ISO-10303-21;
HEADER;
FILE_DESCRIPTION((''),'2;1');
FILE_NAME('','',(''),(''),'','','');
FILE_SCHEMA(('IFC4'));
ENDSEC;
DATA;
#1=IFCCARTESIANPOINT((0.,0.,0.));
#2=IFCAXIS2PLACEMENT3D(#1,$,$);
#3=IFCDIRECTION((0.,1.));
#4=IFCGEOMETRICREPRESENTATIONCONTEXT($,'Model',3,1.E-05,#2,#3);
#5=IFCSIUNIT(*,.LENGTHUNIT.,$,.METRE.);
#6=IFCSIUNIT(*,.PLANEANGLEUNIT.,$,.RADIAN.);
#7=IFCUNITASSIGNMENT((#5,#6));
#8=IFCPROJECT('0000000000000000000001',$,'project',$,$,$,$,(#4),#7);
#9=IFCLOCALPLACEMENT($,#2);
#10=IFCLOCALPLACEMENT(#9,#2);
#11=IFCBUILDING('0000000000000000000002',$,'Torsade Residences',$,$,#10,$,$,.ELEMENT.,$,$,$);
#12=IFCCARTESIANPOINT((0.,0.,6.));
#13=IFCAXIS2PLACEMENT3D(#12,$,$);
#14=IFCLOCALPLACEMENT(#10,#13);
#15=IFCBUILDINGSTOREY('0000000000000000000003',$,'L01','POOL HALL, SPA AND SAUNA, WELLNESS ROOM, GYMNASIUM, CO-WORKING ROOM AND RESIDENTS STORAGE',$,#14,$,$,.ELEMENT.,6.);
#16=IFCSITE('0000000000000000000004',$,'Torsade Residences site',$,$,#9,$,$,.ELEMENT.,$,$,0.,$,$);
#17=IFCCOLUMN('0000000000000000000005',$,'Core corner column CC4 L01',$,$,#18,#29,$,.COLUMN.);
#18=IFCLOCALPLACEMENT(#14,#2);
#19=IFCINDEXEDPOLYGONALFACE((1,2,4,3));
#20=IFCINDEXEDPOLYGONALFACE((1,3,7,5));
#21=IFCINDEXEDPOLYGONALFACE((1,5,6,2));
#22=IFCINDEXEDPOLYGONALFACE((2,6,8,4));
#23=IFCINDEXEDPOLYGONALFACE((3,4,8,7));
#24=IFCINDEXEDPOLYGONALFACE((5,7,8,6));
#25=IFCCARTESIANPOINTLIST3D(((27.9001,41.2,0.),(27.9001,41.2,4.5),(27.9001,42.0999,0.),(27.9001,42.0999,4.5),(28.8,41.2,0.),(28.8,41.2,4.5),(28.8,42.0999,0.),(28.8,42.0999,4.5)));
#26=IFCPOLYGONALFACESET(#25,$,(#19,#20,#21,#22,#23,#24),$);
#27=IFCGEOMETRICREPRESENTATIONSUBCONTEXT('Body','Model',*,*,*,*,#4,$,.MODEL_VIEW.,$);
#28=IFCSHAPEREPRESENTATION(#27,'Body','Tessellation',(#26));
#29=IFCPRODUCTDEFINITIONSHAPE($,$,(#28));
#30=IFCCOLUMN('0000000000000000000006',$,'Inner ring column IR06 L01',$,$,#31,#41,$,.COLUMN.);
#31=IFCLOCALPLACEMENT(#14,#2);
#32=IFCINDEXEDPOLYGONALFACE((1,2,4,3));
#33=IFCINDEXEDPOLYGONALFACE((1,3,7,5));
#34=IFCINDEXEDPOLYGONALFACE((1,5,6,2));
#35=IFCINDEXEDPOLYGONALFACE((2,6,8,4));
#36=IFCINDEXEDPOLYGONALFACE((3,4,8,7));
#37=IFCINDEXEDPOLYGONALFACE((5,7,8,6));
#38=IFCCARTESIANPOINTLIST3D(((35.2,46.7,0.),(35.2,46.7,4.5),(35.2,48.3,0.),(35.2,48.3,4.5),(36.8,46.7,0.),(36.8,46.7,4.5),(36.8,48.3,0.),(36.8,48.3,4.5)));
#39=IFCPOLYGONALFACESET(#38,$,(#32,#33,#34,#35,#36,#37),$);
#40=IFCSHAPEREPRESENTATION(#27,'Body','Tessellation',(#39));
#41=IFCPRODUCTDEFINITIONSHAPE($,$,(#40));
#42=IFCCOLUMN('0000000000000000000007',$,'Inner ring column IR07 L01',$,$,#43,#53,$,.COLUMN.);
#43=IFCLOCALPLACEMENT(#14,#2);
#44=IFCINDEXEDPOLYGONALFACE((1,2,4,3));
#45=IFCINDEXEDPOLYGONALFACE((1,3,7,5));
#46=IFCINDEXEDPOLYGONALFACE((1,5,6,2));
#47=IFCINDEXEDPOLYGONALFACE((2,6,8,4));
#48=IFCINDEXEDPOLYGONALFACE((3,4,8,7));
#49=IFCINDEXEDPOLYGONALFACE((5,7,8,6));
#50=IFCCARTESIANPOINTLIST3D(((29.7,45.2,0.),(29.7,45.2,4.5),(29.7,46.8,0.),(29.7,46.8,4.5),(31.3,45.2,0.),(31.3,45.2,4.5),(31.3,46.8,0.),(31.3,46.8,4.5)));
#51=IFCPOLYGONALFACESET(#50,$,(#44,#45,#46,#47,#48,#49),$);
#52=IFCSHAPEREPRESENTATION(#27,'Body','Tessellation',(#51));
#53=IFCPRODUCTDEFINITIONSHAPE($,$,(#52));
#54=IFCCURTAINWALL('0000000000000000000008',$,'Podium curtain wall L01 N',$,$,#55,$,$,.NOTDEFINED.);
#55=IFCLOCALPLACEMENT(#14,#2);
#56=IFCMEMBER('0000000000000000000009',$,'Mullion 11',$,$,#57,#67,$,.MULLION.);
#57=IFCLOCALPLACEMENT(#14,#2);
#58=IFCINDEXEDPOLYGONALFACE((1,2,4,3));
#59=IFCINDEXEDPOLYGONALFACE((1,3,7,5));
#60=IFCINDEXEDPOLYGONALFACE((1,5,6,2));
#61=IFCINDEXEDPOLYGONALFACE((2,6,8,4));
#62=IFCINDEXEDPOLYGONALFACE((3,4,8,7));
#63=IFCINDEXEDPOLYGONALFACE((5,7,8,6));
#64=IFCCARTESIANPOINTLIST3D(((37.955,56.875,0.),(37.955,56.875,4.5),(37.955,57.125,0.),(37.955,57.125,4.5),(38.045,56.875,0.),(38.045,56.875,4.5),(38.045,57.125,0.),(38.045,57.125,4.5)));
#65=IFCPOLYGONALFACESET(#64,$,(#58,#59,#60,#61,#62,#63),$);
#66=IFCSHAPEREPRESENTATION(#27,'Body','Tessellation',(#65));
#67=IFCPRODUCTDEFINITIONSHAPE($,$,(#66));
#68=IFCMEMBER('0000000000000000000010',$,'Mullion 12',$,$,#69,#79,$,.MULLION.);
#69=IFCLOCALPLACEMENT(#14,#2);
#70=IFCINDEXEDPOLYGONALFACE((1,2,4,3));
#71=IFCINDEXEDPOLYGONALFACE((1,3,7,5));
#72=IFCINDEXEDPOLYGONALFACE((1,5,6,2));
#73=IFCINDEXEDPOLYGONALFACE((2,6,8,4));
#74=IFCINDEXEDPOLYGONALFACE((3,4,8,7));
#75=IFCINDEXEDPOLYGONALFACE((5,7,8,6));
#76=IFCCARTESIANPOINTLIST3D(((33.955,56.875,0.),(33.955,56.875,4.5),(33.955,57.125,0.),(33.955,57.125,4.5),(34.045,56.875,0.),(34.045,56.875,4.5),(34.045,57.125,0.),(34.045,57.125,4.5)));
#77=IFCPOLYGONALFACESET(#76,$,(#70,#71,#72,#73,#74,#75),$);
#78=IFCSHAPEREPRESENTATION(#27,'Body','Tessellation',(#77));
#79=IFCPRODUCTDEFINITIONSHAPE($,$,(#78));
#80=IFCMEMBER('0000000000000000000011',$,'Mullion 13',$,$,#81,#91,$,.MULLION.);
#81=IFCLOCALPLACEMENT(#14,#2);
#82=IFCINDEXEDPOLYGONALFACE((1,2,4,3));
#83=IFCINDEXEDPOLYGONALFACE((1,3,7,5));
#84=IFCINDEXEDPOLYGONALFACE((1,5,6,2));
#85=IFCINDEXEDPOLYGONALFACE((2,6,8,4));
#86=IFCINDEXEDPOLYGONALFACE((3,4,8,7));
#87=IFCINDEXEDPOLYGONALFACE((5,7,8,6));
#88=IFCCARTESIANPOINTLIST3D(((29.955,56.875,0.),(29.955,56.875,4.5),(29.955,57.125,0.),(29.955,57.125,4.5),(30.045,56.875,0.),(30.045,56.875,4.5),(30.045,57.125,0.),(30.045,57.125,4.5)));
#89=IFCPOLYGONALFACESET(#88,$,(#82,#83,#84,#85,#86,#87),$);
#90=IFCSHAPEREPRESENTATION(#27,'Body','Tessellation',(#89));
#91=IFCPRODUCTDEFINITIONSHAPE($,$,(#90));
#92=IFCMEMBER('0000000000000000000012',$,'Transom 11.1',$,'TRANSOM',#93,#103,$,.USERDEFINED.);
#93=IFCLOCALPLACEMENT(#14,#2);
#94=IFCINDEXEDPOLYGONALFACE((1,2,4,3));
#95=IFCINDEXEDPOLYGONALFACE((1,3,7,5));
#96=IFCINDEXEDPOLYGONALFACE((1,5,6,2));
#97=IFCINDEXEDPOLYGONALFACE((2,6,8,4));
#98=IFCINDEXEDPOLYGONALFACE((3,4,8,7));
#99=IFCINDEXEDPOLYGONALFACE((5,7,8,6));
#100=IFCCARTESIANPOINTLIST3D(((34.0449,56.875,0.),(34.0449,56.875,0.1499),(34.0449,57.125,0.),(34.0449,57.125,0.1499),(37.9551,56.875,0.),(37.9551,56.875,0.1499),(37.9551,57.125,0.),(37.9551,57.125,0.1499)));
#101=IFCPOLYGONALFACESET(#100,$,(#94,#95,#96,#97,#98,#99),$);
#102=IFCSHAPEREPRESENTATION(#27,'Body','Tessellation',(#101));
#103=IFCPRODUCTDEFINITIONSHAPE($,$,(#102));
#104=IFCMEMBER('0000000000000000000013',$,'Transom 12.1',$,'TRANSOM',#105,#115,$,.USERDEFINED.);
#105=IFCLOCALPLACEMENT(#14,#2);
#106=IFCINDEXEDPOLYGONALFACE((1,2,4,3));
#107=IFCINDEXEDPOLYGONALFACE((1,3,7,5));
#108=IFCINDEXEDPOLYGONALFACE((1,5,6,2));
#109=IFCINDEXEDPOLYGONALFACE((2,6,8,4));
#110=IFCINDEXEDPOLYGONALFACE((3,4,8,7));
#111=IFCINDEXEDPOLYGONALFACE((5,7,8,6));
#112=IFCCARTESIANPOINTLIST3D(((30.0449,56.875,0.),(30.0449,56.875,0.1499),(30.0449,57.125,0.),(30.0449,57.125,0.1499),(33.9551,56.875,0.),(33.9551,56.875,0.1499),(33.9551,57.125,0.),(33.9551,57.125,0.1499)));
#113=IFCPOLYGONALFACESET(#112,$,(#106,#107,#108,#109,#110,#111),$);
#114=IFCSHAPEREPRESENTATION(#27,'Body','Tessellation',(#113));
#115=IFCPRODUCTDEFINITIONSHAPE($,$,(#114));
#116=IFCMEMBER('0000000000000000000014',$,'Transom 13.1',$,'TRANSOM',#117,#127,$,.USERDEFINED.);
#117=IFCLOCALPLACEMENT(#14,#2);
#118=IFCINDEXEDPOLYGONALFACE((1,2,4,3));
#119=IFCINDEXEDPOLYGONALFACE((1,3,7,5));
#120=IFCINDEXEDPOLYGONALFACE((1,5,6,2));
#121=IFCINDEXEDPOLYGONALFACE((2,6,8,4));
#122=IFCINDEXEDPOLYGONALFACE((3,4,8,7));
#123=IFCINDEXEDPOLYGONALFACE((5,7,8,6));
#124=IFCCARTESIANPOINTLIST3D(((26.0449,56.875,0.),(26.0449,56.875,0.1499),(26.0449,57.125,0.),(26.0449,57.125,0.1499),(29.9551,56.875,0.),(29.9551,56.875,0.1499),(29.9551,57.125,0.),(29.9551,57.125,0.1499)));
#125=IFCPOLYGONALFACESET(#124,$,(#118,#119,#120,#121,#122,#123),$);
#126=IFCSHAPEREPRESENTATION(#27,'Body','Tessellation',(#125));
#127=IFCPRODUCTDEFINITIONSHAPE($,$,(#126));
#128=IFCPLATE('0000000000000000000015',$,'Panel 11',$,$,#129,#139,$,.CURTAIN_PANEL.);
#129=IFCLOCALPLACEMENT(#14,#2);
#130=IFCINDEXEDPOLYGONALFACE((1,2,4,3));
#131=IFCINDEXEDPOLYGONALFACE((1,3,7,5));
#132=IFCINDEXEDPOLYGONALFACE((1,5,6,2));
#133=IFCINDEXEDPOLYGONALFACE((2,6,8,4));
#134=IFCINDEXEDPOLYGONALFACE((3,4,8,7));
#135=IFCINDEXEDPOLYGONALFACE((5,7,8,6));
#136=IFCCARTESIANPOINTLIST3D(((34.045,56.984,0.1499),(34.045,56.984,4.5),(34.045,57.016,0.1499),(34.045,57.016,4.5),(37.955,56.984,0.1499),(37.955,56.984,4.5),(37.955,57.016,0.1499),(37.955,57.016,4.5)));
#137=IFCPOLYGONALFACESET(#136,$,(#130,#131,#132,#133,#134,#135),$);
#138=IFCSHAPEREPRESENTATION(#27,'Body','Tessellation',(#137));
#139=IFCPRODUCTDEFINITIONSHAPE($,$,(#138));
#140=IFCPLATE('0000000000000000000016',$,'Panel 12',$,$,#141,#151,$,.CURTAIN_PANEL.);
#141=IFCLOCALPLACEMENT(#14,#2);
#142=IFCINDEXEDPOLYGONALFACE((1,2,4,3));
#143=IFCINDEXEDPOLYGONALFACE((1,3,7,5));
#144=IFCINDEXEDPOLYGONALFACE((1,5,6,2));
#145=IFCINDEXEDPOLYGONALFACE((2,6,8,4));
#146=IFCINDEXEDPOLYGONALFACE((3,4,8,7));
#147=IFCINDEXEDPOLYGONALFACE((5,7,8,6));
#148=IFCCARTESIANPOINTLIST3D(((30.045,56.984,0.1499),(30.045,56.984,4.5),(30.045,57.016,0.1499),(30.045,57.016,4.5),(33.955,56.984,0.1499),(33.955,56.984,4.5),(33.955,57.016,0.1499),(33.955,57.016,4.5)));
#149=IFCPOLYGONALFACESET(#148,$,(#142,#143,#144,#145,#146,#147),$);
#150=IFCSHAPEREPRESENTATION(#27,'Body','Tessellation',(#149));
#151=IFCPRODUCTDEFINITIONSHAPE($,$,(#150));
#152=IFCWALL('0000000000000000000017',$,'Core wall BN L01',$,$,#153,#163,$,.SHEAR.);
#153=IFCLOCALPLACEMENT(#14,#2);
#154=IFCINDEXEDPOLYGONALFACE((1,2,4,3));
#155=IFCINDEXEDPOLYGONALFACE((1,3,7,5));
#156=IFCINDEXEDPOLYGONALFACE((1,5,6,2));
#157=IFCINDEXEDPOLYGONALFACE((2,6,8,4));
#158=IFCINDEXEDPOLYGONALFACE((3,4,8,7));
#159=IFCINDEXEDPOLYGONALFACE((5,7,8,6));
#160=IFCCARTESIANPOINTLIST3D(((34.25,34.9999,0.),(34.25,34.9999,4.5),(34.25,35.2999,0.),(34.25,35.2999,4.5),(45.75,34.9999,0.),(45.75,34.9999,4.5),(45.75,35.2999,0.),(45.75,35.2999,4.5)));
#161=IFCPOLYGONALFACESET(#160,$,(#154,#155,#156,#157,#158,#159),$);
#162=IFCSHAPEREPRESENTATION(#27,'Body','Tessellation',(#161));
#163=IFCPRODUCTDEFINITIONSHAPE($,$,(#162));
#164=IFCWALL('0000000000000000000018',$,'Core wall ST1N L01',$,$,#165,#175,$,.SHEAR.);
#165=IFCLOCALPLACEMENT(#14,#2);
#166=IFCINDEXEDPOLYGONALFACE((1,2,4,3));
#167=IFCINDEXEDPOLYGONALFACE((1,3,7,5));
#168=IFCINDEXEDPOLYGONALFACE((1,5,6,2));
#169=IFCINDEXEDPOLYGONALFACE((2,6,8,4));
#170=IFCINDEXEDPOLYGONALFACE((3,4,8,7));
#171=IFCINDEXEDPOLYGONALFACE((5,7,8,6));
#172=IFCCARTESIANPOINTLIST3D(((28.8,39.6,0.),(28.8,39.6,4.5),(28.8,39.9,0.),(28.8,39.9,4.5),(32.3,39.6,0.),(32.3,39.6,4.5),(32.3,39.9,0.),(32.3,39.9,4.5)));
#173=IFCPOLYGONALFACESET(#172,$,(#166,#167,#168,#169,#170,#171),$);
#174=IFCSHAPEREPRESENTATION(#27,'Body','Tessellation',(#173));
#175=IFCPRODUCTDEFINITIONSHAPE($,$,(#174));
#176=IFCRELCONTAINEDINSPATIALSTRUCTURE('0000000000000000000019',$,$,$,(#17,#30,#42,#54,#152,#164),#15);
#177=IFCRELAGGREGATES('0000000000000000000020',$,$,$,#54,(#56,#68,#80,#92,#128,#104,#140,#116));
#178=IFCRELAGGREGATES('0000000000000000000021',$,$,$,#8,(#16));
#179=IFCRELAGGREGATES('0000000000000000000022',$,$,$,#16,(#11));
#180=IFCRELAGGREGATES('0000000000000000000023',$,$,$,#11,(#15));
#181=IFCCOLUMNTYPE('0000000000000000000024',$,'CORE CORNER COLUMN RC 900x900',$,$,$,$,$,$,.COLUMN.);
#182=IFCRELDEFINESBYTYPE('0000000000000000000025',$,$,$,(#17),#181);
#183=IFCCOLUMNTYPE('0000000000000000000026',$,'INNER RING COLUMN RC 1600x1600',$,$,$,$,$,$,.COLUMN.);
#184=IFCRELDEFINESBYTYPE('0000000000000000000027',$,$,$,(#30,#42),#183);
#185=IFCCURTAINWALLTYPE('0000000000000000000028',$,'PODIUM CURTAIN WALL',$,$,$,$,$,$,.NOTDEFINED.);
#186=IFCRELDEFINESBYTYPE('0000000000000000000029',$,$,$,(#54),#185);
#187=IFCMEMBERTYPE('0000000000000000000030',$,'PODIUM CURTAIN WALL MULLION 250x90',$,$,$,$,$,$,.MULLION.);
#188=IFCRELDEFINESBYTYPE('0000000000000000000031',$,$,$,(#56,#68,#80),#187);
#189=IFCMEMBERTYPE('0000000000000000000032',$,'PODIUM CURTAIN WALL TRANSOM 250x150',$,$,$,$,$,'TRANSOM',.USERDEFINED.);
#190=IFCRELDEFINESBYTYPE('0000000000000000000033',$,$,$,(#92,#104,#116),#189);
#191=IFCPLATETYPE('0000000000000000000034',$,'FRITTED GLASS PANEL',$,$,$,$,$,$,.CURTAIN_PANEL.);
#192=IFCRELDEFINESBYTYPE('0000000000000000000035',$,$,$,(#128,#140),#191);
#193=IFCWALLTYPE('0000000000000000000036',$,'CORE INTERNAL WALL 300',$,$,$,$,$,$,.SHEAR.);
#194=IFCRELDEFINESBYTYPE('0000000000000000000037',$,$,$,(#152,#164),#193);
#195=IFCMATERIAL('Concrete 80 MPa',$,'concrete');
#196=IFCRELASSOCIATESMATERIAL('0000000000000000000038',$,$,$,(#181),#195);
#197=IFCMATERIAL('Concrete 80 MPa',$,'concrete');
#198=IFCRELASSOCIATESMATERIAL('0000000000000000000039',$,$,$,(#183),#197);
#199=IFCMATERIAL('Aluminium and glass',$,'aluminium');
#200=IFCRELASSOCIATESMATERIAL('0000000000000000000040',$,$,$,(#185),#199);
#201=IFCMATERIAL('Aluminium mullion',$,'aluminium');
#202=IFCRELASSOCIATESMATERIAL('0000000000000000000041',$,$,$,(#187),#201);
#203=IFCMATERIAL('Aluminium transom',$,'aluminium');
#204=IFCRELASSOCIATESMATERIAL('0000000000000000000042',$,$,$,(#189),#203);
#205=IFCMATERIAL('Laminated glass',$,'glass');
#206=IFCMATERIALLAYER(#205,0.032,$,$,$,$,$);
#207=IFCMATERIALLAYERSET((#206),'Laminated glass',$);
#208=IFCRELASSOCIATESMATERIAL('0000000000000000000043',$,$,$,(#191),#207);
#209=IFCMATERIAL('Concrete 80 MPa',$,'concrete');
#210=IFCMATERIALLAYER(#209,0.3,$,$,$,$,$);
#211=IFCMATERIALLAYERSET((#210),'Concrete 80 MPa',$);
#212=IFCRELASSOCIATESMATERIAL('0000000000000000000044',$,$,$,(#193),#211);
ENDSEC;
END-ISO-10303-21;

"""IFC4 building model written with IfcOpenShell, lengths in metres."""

from ifc_helpers import new_model, si_unit, direction, frame, frame_2d, origin, origin_2d, place, context, subcontext, project, spatial, rectangle, extrude, material, layer, layer_set, material_profile, profile_set, type_object, element, aggregate, save


model = new_model("IFC4")

# Units and contexts
model_context = context("Model", 3, precision=1e-05, world=origin(), true_north=direction((0.0, 1.0)))
body_context = subcontext(model_context, "Body", "Model", "MODEL_VIEW")
ifc_project = project(units=[si_unit("LENGTHUNIT", "METRE"), si_unit("PLANEANGLEUNIT", "RADIAN")], contexts=[model_context])

# Site, building, storey
site_placement = place(None, origin())
site = spatial("IfcSite", under=ifc_project, at=site_placement, Name="Torsade Residences site", CompositionType="ELEMENT", RefElevation=0.0)
building_placement = place(site_placement, origin())
building = spatial("IfcBuilding", under=site, at=building_placement, Name="Torsade Residences", CompositionType="ELEMENT")
storey_placement = place(building_placement, frame((0.0, 0.0, 6.0)))
storey = spatial("IfcBuildingStorey", under=building, at=storey_placement, Name="L01", Description="POOL HALL, SPA AND SAUNA, WELLNESS ROOM, GYMNASIUM, CO-WORKING ROOM AND RESIDENTS STORAGE", CompositionType="ELEMENT", Elevation=6.0)

# Columns
ifc_material_1 = material(Name="Concrete 80 MPa", Category="concrete")
ifc_material_profile_1 = material_profile(ifc_material_1, rectangle(XDim=0.8999, YDim=0.8999, at=origin_2d()), Name="RC 900x900")
ifc_profile_set_1 = profile_set([ifc_material_profile_1], Name="Concrete 80 MPa")
column_type_1 = type_object("IfcColumnType", Name="CORE CORNER COLUMN RC 900x900", PredefinedType="COLUMN", material=ifc_profile_set_1)
column_placement = place(storey_placement, frame((28.3501, 41.6499, 0.0), z_axis=(0.0, 0.0, 1.0), x_axis=(1.0, 0.0, 0.0)))
element("IfcColumn", 1, at=column_placement, inside=storey, type_object=column_type_1, Name="Core corner column CC4 L01", PredefinedType="COLUMN", context=body_context, shape_type="SweptSolid", body=[
    extrude(rectangle(XDim=0.8999, YDim=0.8999, at=origin_2d()), origin(), (0.0, 0.0, 1.0), 4.5),
])
ifc_material_2 = material(Name="Concrete 80 MPa", Category="concrete")
ifc_material_profile_2 = material_profile(ifc_material_2, rectangle(XDim=1.6001, YDim=1.6001, at=origin_2d()), Name="RC 1600x1600")
ifc_profile_set_2 = profile_set([ifc_material_profile_2], Name="Concrete 80 MPa")
column_type_2 = type_object("IfcColumnType", Name="INNER RING COLUMN RC 1600x1600", PredefinedType="COLUMN", material=ifc_profile_set_2)
for number, where, z_axis, x_axis, name in (
    (2, (36.0, 47.5, 0.0), (0.0, 0.0, 1.0), (1.0, 0.0, 0.0), "Inner ring column IR06 L01"),
    (3, (30.5, 46.0, 0.0), (0.0, 0.0, 1.0), (1.0, 0.0, 0.0), "Inner ring column IR07 L01"),
):
    element("IfcColumn", number, at=place(storey_placement, frame(where, z_axis=z_axis, x_axis=x_axis)), inside=storey, type_object=column_type_2, Name=name, PredefinedType="COLUMN", context=body_context, shape_type="SweptSolid", body=[
        extrude(rectangle(XDim=1.6001, YDim=1.6001, at=origin_2d()), origin(), (0.0, 0.0, 1.0), 4.5),
    ])

# Curtain wall, members, plates
ifc_material_3 = material(Name="Aluminium and glass", Category="aluminium")
curtain_wall_type = type_object("IfcCurtainWallType", Name="PODIUM CURTAIN WALL", PredefinedType="NOTDEFINED", material=ifc_material_3)
curtain_wall_placement = place(storey_placement, origin())
curtain_wall = element("IfcCurtainWall", 4, at=curtain_wall_placement, inside=storey, type_object=curtain_wall_type, Name="Podium curtain wall L01 N", PredefinedType="NOTDEFINED")
ifc_material_4 = material(Name="Aluminium mullion", Category="aluminium")
ifc_material_profile_3 = material_profile(ifc_material_4, rectangle(XDim=0.25, YDim=0.0901, at=origin_2d()), Name="PODIUM CURTAIN WALL MULLION 250x90")
ifc_profile_set_3 = profile_set([ifc_material_profile_3], Name="Aluminium mullion")
member_type_1 = type_object("IfcMemberType", Name="PODIUM CURTAIN WALL MULLION 250x90", PredefinedType="MULLION", material=ifc_profile_set_3)
member_1_placement = place(storey_placement, frame((38.0, 57.0, 0.0), z_axis=(0.0, 0.0, 1.0), x_axis=(0.0, -1.0, 0.0)))
member_1 = element("IfcMember", 5, at=member_1_placement, type_object=member_type_1, Name="Mullion 11", PredefinedType="MULLION", context=body_context, shape_type="SweptSolid", body=[
    extrude(rectangle(XDim=0.25, YDim=0.0901, at=origin_2d()), origin(), (0.0, 0.0, 1.0), 4.5),
])
member_2_placement = place(storey_placement, frame((34.0, 57.0, 0.0), z_axis=(0.0, 0.0, 1.0), x_axis=(0.0, -1.0, 0.0)))
member_2 = element("IfcMember", 6, at=member_2_placement, type_object=member_type_1, Name="Mullion 12", PredefinedType="MULLION", context=body_context, shape_type="SweptSolid", body=[
    extrude(rectangle(XDim=0.25, YDim=0.0901, at=origin_2d()), origin(), (0.0, 0.0, 1.0), 4.5),
])
member_3_placement = place(storey_placement, frame((30.0, 57.0, 0.0), z_axis=(0.0, 0.0, 1.0), x_axis=(0.0, -1.0, 0.0)))
member_3 = element("IfcMember", 7, at=member_3_placement, type_object=member_type_1, Name="Mullion 13", PredefinedType="MULLION", context=body_context, shape_type="SweptSolid", body=[
    extrude(rectangle(XDim=0.25, YDim=0.0901, at=origin_2d()), origin(), (0.0, 0.0, 1.0), 4.5),
])
ifc_material_5 = material(Name="Aluminium transom", Category="aluminium")
ifc_material_profile_4 = material_profile(ifc_material_5, rectangle(XDim=0.25, YDim=0.1499, at=origin_2d()), Name="PODIUM CURTAIN WALL TRANSOM 250x150")
ifc_profile_set_4 = profile_set([ifc_material_profile_4], Name="Aluminium transom")
member_type_2 = type_object("IfcMemberType", Name="PODIUM CURTAIN WALL TRANSOM 250x150", ElementType="TRANSOM", PredefinedType="USERDEFINED", material=ifc_profile_set_4)
member_4_placement = place(storey_placement, frame((37.9551, 57.0, 0.075), z_axis=(-1.0, 0.0, 0.0), x_axis=(0.0, -1.0, 0.0)))
member_4 = element("IfcMember", 8, at=member_4_placement, type_object=member_type_2, Name="Transom 11.1", ObjectType="TRANSOM", PredefinedType="USERDEFINED", context=body_context, shape_type="SweptSolid", body=[
    extrude(rectangle(XDim=0.25, YDim=0.1499, at=origin_2d()), origin(), (0.0, 0.0, 1.0), 3.9102),
])
member_5_placement = place(storey_placement, frame((33.9551, 57.0, 0.075), z_axis=(-1.0, 0.0, 0.0), x_axis=(0.0, -1.0, 0.0)))
member_5 = element("IfcMember", 9, at=member_5_placement, type_object=member_type_2, Name="Transom 12.1", ObjectType="TRANSOM", PredefinedType="USERDEFINED", context=body_context, shape_type="SweptSolid", body=[
    extrude(rectangle(XDim=0.25, YDim=0.1499, at=origin_2d()), origin(), (0.0, 0.0, 1.0), 3.9102),
])
member_6_placement = place(storey_placement, frame((29.9551, 57.0, 0.075), z_axis=(-1.0, 0.0, 0.0), x_axis=(0.0, -1.0, 0.0)))
member_6 = element("IfcMember", 10, at=member_6_placement, type_object=member_type_2, Name="Transom 13.1", ObjectType="TRANSOM", PredefinedType="USERDEFINED", context=body_context, shape_type="SweptSolid", body=[
    extrude(rectangle(XDim=0.25, YDim=0.1499, at=origin_2d()), origin(), (0.0, 0.0, 1.0), 3.9102),
])
ifc_material_6 = material(Name="Laminated glass", Category="glass")
ifc_layer_1 = layer(ifc_material_6, 0.032)
ifc_layer_set_1 = layer_set([ifc_layer_1], Name="Laminated glass")
plate_type = type_object("IfcPlateType", Name="FRITTED GLASS PANEL", PredefinedType="CURTAIN_PANEL", material=ifc_layer_set_1)
plate_1_placement = place(storey_placement, frame((36.0, 57.0, 0.1499), z_axis=(0.0, 0.0, 1.0), x_axis=(-1.0, 0.0, 0.0)))
plate_1 = element("IfcPlate", 11, at=plate_1_placement, type_object=plate_type, Name="Panel 11", PredefinedType="CURTAIN_PANEL", context=body_context, shape_type="SweptSolid", body=[
    extrude(rectangle(XDim=3.9099, YDim=0.032, at=origin_2d()), origin(), (0.0, 0.0, 1.0), 4.3501),
])
plate_2_placement = place(storey_placement, frame((32.0, 57.0, 0.1499), z_axis=(0.0, 0.0, 1.0), x_axis=(-1.0, 0.0, 0.0)))
plate_2 = element("IfcPlate", 12, at=plate_2_placement, type_object=plate_type, Name="Panel 12", PredefinedType="CURTAIN_PANEL", context=body_context, shape_type="SweptSolid", body=[
    extrude(rectangle(XDim=3.9099, YDim=0.032, at=origin_2d()), origin(), (0.0, 0.0, 1.0), 4.3501),
])
aggregate(curtain_wall, [member_1, member_2, member_3, member_4, plate_1, member_5, plate_2, member_6])

# Walls
ifc_material_7 = material(Name="Concrete 80 MPa", Category="concrete")
ifc_layer_2 = layer(ifc_material_7, 0.3)
ifc_layer_set_2 = layer_set([ifc_layer_2], Name="Concrete 80 MPa")
wall_type_1 = type_object("IfcWallType", Name="CORE INTERNAL WALL 300", PredefinedType="SHEAR", material=ifc_layer_set_2)
wall_1_placement = place(storey_placement, frame((34.25, 35.1499, 0.0), z_axis=(0.0, 0.0, 1.0), x_axis=(1.0, 0.0, 0.0)))
element("IfcWall", 13, at=wall_1_placement, inside=storey, type_object=wall_type_1, Name="Core wall BN L01", PredefinedType="SHEAR", context=body_context, shape_type="SweptSolid", body=[
    extrude(rectangle(XDim=11.5, YDim=0.3, at=frame_2d((5.75, 0.0))), origin(), (0.0, 0.0, 1.0), 4.5),
])
wall_2_placement = place(storey_placement, frame((28.8, 39.75, 0.0), z_axis=(0.0, 0.0, 1.0), x_axis=(1.0, 0.0, 0.0)))
element("IfcWall", 14, at=wall_2_placement, inside=storey, type_object=wall_type_1, Name="Core wall ST1N L01", PredefinedType="SHEAR", context=body_context, shape_type="SweptSolid", body=[
    extrude(rectangle(XDim=3.5, YDim=0.3, at=frame_2d((1.75, 0.0))), origin(), (0.0, 0.0, 1.0), 4.5),
])

save(model, "model.ifc")
